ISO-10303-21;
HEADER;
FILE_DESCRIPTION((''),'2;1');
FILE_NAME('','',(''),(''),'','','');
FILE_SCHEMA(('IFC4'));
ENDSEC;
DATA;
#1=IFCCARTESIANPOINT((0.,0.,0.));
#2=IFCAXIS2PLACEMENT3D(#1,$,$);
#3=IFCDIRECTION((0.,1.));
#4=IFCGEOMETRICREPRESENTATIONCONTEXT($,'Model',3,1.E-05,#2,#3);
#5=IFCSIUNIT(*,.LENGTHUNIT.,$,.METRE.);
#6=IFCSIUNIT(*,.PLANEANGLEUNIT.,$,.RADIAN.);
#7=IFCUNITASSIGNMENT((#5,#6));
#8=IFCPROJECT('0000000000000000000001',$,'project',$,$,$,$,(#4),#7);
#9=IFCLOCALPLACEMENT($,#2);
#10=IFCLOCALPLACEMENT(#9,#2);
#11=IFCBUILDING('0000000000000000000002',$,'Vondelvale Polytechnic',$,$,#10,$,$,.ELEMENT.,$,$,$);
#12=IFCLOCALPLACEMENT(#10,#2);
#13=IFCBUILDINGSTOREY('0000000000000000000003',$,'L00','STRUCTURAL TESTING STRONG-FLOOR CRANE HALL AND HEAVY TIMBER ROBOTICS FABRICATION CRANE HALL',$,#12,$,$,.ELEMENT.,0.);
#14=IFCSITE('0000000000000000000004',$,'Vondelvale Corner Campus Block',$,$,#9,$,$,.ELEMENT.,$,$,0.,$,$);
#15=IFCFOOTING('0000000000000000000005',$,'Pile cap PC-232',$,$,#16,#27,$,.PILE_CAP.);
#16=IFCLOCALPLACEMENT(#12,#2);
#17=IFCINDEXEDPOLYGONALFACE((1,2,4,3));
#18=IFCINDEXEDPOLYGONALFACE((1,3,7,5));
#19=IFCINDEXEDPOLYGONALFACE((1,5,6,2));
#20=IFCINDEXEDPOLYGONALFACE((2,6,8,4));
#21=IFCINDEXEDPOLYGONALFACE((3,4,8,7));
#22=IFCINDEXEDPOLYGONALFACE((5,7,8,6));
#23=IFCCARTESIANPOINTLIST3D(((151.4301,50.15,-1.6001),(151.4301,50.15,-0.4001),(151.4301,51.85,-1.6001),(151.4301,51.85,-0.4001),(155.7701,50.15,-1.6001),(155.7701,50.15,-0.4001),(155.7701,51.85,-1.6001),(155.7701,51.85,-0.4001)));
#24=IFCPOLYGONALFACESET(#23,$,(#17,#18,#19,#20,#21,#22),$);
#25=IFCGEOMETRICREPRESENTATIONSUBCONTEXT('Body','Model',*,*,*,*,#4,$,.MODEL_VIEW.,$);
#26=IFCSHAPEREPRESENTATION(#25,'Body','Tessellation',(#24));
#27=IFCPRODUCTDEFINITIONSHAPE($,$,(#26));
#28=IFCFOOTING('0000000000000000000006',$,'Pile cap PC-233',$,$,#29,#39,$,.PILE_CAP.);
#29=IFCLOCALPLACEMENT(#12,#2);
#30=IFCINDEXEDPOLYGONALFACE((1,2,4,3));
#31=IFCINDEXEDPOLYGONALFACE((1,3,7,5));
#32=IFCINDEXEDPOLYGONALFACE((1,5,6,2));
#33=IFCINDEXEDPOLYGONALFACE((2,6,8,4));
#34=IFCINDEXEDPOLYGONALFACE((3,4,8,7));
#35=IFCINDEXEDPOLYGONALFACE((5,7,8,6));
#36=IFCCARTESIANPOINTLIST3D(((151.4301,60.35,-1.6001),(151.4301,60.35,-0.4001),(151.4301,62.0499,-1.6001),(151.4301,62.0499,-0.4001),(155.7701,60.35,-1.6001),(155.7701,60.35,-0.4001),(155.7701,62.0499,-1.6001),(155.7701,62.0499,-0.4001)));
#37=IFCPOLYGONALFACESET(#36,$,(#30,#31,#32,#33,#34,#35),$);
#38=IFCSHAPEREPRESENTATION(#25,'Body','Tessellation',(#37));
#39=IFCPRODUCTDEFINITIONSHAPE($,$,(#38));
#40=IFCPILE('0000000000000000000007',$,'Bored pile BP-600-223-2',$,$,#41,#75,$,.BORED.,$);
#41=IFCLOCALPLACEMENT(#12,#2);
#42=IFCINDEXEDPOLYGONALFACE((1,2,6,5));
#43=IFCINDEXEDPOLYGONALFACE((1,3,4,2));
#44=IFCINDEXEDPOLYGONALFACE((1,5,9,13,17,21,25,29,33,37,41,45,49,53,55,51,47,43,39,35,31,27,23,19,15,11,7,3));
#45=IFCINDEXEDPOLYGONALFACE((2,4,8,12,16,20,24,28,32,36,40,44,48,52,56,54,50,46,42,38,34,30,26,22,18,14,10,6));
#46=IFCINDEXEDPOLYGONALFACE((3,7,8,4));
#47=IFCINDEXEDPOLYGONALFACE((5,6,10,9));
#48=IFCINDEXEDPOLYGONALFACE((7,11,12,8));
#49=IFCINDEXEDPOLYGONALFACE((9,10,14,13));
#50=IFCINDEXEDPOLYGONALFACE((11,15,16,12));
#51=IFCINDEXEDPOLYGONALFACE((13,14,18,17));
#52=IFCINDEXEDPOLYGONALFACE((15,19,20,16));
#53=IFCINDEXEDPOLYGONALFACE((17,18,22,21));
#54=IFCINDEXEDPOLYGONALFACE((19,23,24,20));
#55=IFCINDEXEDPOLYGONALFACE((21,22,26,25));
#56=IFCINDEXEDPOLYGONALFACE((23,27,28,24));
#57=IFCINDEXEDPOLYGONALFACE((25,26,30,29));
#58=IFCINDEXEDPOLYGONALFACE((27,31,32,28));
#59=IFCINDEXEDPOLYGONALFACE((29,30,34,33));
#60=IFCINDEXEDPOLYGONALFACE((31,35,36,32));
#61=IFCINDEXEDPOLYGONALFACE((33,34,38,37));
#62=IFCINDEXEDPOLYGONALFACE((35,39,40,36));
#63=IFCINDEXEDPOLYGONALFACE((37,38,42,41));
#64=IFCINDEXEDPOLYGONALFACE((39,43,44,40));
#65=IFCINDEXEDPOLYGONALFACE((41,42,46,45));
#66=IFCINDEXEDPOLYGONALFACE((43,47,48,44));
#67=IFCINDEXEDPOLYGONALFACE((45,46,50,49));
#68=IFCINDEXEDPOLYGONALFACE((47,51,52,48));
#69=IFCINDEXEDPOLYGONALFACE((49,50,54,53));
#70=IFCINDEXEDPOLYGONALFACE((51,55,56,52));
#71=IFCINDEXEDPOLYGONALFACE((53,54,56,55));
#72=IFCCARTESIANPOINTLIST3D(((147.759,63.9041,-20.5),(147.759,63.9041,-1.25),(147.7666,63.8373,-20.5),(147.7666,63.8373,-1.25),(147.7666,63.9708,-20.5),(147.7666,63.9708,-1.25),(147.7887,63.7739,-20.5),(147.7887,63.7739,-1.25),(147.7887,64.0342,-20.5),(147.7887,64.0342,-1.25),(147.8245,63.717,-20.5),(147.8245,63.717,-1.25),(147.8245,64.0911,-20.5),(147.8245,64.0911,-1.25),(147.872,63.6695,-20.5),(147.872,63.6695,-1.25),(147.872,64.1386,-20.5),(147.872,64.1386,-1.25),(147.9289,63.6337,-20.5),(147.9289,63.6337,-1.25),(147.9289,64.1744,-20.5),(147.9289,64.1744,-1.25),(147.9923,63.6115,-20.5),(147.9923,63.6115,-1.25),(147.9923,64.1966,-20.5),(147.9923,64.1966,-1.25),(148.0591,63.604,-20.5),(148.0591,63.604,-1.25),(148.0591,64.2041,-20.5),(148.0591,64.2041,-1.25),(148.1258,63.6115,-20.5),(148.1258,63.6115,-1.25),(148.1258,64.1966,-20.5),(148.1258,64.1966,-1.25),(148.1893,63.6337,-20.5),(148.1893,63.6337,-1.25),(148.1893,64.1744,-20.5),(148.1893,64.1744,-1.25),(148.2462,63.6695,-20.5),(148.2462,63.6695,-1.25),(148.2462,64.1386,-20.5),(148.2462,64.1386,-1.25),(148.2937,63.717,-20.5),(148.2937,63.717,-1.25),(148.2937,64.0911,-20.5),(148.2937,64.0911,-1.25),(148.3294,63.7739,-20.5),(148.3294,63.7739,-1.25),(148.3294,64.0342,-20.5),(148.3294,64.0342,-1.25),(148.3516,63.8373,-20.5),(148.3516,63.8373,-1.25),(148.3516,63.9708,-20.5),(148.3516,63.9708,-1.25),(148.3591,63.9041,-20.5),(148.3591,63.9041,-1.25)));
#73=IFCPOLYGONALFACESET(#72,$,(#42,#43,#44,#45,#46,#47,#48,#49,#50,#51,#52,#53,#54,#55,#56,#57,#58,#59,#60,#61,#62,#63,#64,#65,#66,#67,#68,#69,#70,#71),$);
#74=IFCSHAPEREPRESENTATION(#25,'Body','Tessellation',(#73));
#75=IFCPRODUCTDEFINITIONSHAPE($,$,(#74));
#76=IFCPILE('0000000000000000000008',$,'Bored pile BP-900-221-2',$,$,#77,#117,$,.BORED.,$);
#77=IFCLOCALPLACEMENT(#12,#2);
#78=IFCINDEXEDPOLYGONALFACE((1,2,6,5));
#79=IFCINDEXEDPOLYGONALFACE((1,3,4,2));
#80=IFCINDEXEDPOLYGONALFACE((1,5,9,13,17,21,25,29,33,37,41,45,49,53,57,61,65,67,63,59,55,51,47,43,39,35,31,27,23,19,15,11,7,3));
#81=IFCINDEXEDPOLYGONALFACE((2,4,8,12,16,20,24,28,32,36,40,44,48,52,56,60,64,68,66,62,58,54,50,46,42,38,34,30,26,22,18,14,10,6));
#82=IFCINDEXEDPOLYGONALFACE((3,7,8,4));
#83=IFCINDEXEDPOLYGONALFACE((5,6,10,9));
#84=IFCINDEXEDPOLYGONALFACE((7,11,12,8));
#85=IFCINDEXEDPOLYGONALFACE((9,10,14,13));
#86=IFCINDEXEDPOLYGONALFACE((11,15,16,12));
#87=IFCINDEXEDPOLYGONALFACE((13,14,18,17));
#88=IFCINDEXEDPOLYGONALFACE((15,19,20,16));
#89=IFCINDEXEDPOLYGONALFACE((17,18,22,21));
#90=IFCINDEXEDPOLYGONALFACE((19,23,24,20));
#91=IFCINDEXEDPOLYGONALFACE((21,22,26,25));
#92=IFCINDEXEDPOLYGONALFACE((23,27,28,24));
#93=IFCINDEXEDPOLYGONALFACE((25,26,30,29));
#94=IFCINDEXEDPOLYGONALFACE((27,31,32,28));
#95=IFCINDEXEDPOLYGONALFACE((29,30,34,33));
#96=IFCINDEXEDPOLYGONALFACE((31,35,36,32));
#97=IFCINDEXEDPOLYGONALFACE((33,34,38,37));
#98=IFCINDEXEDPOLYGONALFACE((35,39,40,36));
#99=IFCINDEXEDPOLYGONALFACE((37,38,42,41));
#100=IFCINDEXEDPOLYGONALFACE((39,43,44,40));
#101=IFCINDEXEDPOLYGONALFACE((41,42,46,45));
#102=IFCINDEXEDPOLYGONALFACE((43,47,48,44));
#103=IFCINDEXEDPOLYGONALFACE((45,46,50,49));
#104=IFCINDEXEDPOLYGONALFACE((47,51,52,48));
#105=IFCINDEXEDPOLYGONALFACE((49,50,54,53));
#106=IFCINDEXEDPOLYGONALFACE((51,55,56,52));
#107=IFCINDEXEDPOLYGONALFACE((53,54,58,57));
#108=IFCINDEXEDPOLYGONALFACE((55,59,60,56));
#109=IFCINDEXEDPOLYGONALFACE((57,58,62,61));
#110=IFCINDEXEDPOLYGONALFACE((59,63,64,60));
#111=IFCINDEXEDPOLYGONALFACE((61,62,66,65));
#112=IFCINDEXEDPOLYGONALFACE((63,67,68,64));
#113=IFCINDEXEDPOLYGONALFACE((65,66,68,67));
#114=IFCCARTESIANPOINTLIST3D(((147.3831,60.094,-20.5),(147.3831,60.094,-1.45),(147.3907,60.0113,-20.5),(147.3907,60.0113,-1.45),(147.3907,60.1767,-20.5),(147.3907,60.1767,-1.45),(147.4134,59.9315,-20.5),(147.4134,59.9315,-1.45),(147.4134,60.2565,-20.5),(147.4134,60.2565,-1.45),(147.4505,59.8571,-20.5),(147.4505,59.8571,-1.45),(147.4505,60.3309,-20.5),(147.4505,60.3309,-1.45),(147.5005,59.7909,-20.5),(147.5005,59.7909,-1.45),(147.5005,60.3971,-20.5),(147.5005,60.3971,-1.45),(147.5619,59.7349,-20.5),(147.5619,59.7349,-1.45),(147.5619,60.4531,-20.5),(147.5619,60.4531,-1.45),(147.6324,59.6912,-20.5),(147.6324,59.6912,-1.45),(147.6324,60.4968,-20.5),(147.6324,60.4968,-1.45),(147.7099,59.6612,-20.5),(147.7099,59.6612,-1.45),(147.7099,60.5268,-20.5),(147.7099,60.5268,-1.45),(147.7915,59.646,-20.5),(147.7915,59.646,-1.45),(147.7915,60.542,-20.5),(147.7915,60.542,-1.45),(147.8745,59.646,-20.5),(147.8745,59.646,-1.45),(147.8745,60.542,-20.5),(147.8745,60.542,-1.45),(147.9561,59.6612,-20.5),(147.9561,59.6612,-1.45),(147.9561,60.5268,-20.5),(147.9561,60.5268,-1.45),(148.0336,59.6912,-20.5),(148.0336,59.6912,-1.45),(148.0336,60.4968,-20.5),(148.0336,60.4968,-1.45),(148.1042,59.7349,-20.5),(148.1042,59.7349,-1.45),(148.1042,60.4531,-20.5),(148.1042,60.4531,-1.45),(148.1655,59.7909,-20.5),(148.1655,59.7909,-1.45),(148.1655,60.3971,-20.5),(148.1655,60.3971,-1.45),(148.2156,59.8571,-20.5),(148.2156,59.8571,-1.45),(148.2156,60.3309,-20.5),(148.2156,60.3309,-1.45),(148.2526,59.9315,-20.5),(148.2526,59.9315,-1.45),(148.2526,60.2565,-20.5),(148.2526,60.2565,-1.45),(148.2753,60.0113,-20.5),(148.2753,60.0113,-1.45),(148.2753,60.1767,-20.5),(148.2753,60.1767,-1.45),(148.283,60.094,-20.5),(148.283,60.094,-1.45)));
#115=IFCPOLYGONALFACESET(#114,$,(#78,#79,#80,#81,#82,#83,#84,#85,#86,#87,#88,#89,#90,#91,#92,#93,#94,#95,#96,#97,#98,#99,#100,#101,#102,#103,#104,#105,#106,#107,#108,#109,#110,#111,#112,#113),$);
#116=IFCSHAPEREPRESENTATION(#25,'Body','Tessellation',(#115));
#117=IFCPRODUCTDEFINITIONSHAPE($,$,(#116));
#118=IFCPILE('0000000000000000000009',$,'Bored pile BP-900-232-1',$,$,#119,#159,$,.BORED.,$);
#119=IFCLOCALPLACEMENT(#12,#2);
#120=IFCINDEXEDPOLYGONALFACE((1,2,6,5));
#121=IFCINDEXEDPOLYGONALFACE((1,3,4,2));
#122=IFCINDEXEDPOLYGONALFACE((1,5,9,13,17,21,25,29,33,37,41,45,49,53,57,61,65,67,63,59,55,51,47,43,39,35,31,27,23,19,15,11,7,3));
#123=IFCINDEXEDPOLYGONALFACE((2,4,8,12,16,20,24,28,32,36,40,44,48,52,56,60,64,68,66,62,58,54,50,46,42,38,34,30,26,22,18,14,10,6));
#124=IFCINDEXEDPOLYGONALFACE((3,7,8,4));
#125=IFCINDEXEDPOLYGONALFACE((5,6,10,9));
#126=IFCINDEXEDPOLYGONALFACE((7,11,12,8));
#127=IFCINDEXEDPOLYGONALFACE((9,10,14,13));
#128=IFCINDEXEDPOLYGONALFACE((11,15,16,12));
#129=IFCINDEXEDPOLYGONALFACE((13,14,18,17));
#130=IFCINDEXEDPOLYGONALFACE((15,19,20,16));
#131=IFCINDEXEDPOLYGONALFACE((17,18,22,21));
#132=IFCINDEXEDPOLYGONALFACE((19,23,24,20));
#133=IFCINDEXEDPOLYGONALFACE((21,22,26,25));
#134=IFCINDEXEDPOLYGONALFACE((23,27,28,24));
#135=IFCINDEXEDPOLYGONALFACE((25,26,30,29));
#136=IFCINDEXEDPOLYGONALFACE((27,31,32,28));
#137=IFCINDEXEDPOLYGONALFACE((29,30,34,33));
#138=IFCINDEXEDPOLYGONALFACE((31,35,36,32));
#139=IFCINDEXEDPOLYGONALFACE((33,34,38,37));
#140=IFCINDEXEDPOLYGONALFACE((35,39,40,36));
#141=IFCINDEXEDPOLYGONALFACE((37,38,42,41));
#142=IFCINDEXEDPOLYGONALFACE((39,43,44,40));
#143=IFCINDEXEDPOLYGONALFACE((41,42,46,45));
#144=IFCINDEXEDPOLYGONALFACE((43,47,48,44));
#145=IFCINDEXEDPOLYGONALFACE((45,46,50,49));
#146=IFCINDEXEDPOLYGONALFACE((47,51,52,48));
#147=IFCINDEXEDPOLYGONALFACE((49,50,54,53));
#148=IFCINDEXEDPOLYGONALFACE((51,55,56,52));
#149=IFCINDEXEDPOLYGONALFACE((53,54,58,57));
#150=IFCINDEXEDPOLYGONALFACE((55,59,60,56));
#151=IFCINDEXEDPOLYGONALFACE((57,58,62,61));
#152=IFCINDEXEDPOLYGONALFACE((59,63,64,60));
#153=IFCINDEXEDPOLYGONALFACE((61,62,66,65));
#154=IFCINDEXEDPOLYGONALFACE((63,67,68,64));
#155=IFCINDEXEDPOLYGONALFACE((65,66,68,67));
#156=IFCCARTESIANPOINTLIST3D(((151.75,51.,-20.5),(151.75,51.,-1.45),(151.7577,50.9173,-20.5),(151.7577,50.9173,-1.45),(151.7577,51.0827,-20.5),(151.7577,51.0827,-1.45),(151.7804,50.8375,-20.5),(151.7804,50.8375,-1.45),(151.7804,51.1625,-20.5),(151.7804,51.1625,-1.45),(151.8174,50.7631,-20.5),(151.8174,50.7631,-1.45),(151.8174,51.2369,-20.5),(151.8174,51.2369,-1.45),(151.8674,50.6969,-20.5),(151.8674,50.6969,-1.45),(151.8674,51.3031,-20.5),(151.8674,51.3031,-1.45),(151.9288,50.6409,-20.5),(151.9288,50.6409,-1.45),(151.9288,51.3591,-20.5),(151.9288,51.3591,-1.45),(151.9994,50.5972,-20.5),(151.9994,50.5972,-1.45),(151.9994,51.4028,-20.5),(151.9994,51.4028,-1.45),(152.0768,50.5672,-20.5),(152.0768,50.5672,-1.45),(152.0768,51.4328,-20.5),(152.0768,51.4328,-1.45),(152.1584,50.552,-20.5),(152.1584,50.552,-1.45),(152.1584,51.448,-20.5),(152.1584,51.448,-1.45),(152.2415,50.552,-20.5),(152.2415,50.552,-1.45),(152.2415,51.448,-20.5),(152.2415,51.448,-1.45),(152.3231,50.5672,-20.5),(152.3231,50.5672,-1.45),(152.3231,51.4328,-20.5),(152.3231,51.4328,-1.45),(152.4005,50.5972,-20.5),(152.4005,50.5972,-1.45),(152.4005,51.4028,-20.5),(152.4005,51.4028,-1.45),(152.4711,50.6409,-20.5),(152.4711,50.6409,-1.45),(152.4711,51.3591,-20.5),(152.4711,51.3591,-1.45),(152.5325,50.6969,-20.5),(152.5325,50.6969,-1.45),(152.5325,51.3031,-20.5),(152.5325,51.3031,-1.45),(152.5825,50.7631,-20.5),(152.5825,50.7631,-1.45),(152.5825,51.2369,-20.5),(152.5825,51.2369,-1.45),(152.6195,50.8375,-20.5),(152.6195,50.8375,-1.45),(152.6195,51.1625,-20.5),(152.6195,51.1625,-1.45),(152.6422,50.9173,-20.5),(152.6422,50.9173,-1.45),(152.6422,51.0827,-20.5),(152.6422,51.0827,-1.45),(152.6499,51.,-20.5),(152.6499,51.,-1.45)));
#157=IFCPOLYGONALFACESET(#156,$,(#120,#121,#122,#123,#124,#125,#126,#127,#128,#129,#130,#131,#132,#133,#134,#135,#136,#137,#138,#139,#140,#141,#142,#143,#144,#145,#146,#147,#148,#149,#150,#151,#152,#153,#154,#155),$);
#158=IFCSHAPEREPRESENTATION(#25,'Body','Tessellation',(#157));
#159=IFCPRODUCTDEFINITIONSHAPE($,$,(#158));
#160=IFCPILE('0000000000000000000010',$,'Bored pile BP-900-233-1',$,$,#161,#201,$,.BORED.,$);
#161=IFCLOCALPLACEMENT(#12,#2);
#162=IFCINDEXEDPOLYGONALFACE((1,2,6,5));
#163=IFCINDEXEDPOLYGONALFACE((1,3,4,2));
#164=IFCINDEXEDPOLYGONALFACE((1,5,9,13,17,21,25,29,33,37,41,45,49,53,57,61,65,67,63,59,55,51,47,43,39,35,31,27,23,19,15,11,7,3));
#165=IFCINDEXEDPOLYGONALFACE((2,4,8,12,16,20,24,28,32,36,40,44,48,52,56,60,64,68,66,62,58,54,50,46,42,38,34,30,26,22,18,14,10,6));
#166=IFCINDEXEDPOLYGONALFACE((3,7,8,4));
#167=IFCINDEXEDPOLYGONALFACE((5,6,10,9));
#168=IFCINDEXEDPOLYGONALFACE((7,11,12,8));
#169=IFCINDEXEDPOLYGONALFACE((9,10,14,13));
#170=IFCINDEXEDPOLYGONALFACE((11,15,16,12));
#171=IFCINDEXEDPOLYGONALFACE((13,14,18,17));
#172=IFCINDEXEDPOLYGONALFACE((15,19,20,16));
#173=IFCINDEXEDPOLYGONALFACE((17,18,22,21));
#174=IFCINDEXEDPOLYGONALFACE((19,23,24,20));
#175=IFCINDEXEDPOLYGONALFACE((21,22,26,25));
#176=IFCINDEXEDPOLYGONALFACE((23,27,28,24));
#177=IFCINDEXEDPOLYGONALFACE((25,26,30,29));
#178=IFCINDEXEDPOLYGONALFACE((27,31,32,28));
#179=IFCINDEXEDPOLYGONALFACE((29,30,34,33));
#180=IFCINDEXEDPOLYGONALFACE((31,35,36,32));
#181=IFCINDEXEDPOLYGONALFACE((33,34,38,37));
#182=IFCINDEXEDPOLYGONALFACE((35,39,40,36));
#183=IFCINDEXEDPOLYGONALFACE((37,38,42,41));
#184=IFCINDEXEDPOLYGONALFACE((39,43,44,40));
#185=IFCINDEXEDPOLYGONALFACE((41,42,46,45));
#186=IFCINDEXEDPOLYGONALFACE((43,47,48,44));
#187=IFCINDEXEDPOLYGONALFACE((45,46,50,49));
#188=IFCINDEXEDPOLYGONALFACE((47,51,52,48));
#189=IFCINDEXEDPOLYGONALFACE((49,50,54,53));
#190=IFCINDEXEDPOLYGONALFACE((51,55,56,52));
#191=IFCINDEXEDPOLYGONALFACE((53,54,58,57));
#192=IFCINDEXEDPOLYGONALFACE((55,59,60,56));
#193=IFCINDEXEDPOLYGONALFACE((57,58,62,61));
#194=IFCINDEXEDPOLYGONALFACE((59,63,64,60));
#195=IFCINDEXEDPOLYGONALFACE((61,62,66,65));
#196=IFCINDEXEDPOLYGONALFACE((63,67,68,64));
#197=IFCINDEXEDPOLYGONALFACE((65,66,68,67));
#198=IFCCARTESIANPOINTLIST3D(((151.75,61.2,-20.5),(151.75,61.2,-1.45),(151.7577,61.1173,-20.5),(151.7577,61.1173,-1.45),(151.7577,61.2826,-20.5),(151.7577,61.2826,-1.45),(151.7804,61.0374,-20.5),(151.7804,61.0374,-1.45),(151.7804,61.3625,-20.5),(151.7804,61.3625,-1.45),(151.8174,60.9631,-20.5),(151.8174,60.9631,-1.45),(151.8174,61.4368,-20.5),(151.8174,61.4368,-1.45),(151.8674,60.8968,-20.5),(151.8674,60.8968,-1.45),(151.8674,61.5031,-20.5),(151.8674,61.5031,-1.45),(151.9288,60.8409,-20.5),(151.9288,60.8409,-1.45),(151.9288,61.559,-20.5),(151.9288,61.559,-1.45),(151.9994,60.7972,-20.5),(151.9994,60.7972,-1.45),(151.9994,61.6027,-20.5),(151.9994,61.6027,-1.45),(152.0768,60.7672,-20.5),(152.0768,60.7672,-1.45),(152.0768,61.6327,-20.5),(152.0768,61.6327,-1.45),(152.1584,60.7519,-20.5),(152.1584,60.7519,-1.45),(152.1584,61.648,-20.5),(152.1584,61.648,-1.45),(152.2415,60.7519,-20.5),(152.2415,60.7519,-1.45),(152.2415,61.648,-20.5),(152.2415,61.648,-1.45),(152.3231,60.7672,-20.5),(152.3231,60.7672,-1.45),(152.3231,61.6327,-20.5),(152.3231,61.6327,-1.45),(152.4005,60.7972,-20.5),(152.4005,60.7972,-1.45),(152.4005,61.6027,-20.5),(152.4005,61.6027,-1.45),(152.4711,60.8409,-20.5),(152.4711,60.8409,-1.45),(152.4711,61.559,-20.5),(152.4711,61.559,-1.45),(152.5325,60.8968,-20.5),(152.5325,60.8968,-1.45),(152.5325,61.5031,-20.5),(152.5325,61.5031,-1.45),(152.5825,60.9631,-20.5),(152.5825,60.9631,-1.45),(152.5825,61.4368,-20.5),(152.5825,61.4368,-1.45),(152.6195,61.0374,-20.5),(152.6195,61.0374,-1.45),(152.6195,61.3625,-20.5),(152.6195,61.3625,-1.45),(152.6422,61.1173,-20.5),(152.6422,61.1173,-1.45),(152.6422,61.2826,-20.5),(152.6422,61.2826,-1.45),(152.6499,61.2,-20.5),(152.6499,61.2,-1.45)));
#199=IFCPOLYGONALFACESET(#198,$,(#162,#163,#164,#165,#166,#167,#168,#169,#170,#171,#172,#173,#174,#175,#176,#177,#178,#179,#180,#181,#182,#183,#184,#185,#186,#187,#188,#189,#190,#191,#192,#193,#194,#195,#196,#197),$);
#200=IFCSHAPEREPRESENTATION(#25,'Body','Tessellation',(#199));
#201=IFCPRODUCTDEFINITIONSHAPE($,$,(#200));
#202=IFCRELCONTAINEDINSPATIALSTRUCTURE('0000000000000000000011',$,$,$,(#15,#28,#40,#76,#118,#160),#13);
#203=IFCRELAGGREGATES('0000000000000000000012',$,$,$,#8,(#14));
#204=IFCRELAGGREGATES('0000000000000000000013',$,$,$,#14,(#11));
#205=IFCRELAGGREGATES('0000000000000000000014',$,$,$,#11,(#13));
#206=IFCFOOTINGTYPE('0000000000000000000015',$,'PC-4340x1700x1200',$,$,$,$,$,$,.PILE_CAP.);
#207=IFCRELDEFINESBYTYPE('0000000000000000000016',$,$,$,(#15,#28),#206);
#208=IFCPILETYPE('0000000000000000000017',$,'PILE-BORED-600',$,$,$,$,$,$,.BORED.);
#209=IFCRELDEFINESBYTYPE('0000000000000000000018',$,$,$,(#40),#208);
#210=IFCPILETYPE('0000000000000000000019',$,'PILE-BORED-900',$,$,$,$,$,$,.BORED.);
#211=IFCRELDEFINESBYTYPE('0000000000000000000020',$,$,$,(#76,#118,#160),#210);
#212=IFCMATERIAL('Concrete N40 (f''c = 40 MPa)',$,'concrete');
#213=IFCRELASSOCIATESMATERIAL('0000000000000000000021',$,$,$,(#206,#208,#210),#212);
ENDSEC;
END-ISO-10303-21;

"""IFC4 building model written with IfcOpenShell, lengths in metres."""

from ifc_helpers import new_model, si_unit, direction, frame, origin, origin_2d, place, context, subcontext, project, spatial, rectangle, circle, extrude, material, material_profile, profile_set, type_object, element, save


model = new_model("IFC4")

# Units and contexts
model_context = context("Model", 3, precision=1e-05, world=origin(), true_north=direction((0.0, 1.0)))
body_context = subcontext(model_context, "Body", "Model", "MODEL_VIEW")
ifc_project = project(units=[si_unit("LENGTHUNIT", "METRE"), si_unit("PLANEANGLEUNIT", "RADIAN")], contexts=[model_context])

# Site, building, storey
site_placement = place(None, origin())
site = spatial("IfcSite", under=ifc_project, at=site_placement, Name="Vondelvale Corner Campus Block", CompositionType="ELEMENT", RefElevation=0.0)
building_placement = place(site_placement, origin())
building = spatial("IfcBuilding", under=site, at=building_placement, Name="Vondelvale Polytechnic", CompositionType="ELEMENT")
storey_placement = place(building_placement, origin())
storey = spatial("IfcBuildingStorey", under=building, at=storey_placement, Name="L00", Description="STRUCTURAL TESTING STRONG-FLOOR CRANE HALL AND HEAVY TIMBER ROBOTICS FABRICATION CRANE HALL", CompositionType="ELEMENT", Elevation=0.0)

# Footings
ifc_material_1 = material(Name="Concrete N40 (f'c = 40 MPa)", Category="concrete")
footing_type = type_object("IfcFootingType", Name="PC-4340x1700x1200", PredefinedType="PILE_CAP", material=ifc_material_1)
for number, where, z_axis, x_axis, name in (
    (1, (153.6001, 51.0, -1.6001), (0.0, 0.0, 1.0), (1.0, 0.0, 0.0), "Pile cap PC-232"),
    (2, (153.6001, 61.2, -1.6001), (0.0, 0.0, 1.0), (1.0, 0.0, 0.0), "Pile cap PC-233"),
):
    element("IfcFooting", number, at=place(storey_placement, frame(where, z_axis=z_axis, x_axis=x_axis)), inside=storey, type_object=footing_type, Name=name, PredefinedType="PILE_CAP", context=body_context, shape_type="SweptSolid", body=[
        extrude(rectangle(XDim=4.3401, YDim=1.7, at=origin_2d()), origin(), (0.0, 0.0, 1.0), 1.2),
    ])

# Piles
ifc_material_profile_1 = material_profile(ifc_material_1, circle(Radius=0.3, at=origin_2d()), Name="PILE-D600")
ifc_profile_set_1 = profile_set([ifc_material_profile_1], Name="Concrete N40 (f'c = 40 MPa)")
pile_type_1 = type_object("IfcPileType", Name="PILE-BORED-600", PredefinedType="BORED", material=ifc_profile_set_1)
pile_placement = place(storey_placement, frame((148.0591, 63.9041, -1.25), z_axis=(0.0, 0.0, -1.0), x_axis=(1.0, 0.0, 0.0)))
element("IfcPile", 3, at=pile_placement, inside=storey, type_object=pile_type_1, Name="Bored pile BP-600-223-2", PredefinedType="BORED", context=body_context, shape_type="SweptSolid", body=[
    extrude(circle(Radius=0.3, at=origin_2d()), origin(), (0.0, 0.0, 1.0), 19.25),
])
ifc_material_profile_2 = material_profile(ifc_material_1, circle(Radius=0.45, at=origin_2d()), Name="PILE-D900")
ifc_profile_set_2 = profile_set([ifc_material_profile_2], Name="Concrete N40 (f'c = 40 MPa)")
pile_type_2 = type_object("IfcPileType", Name="PILE-BORED-900", PredefinedType="BORED", material=ifc_profile_set_2)
for number, where, z_axis, x_axis, name in (
    (4, (147.833, 60.094, -1.45), (0.0, 0.0, -1.0), (1.0, 0.0, 0.0), "Bored pile BP-900-221-2"),
    (5, (152.2, 51.0, -1.45), (0.0, 0.0, -1.0), (1.0, 0.0, 0.0), "Bored pile BP-900-232-1"),
    (6, (152.2, 61.2, -1.45), (0.0, 0.0, -1.0), (1.0, 0.0, 0.0), "Bored pile BP-900-233-1"),
):
    element("IfcPile", number, at=place(storey_placement, frame(where, z_axis=z_axis, x_axis=x_axis)), inside=storey, type_object=pile_type_2, Name=name, PredefinedType="BORED", context=body_context, shape_type="SweptSolid", body=[
        extrude(circle(Radius=0.45, at=origin_2d()), origin(), (0.0, 0.0, 1.0), 19.05),
    ])

save(model, "model.ifc")
